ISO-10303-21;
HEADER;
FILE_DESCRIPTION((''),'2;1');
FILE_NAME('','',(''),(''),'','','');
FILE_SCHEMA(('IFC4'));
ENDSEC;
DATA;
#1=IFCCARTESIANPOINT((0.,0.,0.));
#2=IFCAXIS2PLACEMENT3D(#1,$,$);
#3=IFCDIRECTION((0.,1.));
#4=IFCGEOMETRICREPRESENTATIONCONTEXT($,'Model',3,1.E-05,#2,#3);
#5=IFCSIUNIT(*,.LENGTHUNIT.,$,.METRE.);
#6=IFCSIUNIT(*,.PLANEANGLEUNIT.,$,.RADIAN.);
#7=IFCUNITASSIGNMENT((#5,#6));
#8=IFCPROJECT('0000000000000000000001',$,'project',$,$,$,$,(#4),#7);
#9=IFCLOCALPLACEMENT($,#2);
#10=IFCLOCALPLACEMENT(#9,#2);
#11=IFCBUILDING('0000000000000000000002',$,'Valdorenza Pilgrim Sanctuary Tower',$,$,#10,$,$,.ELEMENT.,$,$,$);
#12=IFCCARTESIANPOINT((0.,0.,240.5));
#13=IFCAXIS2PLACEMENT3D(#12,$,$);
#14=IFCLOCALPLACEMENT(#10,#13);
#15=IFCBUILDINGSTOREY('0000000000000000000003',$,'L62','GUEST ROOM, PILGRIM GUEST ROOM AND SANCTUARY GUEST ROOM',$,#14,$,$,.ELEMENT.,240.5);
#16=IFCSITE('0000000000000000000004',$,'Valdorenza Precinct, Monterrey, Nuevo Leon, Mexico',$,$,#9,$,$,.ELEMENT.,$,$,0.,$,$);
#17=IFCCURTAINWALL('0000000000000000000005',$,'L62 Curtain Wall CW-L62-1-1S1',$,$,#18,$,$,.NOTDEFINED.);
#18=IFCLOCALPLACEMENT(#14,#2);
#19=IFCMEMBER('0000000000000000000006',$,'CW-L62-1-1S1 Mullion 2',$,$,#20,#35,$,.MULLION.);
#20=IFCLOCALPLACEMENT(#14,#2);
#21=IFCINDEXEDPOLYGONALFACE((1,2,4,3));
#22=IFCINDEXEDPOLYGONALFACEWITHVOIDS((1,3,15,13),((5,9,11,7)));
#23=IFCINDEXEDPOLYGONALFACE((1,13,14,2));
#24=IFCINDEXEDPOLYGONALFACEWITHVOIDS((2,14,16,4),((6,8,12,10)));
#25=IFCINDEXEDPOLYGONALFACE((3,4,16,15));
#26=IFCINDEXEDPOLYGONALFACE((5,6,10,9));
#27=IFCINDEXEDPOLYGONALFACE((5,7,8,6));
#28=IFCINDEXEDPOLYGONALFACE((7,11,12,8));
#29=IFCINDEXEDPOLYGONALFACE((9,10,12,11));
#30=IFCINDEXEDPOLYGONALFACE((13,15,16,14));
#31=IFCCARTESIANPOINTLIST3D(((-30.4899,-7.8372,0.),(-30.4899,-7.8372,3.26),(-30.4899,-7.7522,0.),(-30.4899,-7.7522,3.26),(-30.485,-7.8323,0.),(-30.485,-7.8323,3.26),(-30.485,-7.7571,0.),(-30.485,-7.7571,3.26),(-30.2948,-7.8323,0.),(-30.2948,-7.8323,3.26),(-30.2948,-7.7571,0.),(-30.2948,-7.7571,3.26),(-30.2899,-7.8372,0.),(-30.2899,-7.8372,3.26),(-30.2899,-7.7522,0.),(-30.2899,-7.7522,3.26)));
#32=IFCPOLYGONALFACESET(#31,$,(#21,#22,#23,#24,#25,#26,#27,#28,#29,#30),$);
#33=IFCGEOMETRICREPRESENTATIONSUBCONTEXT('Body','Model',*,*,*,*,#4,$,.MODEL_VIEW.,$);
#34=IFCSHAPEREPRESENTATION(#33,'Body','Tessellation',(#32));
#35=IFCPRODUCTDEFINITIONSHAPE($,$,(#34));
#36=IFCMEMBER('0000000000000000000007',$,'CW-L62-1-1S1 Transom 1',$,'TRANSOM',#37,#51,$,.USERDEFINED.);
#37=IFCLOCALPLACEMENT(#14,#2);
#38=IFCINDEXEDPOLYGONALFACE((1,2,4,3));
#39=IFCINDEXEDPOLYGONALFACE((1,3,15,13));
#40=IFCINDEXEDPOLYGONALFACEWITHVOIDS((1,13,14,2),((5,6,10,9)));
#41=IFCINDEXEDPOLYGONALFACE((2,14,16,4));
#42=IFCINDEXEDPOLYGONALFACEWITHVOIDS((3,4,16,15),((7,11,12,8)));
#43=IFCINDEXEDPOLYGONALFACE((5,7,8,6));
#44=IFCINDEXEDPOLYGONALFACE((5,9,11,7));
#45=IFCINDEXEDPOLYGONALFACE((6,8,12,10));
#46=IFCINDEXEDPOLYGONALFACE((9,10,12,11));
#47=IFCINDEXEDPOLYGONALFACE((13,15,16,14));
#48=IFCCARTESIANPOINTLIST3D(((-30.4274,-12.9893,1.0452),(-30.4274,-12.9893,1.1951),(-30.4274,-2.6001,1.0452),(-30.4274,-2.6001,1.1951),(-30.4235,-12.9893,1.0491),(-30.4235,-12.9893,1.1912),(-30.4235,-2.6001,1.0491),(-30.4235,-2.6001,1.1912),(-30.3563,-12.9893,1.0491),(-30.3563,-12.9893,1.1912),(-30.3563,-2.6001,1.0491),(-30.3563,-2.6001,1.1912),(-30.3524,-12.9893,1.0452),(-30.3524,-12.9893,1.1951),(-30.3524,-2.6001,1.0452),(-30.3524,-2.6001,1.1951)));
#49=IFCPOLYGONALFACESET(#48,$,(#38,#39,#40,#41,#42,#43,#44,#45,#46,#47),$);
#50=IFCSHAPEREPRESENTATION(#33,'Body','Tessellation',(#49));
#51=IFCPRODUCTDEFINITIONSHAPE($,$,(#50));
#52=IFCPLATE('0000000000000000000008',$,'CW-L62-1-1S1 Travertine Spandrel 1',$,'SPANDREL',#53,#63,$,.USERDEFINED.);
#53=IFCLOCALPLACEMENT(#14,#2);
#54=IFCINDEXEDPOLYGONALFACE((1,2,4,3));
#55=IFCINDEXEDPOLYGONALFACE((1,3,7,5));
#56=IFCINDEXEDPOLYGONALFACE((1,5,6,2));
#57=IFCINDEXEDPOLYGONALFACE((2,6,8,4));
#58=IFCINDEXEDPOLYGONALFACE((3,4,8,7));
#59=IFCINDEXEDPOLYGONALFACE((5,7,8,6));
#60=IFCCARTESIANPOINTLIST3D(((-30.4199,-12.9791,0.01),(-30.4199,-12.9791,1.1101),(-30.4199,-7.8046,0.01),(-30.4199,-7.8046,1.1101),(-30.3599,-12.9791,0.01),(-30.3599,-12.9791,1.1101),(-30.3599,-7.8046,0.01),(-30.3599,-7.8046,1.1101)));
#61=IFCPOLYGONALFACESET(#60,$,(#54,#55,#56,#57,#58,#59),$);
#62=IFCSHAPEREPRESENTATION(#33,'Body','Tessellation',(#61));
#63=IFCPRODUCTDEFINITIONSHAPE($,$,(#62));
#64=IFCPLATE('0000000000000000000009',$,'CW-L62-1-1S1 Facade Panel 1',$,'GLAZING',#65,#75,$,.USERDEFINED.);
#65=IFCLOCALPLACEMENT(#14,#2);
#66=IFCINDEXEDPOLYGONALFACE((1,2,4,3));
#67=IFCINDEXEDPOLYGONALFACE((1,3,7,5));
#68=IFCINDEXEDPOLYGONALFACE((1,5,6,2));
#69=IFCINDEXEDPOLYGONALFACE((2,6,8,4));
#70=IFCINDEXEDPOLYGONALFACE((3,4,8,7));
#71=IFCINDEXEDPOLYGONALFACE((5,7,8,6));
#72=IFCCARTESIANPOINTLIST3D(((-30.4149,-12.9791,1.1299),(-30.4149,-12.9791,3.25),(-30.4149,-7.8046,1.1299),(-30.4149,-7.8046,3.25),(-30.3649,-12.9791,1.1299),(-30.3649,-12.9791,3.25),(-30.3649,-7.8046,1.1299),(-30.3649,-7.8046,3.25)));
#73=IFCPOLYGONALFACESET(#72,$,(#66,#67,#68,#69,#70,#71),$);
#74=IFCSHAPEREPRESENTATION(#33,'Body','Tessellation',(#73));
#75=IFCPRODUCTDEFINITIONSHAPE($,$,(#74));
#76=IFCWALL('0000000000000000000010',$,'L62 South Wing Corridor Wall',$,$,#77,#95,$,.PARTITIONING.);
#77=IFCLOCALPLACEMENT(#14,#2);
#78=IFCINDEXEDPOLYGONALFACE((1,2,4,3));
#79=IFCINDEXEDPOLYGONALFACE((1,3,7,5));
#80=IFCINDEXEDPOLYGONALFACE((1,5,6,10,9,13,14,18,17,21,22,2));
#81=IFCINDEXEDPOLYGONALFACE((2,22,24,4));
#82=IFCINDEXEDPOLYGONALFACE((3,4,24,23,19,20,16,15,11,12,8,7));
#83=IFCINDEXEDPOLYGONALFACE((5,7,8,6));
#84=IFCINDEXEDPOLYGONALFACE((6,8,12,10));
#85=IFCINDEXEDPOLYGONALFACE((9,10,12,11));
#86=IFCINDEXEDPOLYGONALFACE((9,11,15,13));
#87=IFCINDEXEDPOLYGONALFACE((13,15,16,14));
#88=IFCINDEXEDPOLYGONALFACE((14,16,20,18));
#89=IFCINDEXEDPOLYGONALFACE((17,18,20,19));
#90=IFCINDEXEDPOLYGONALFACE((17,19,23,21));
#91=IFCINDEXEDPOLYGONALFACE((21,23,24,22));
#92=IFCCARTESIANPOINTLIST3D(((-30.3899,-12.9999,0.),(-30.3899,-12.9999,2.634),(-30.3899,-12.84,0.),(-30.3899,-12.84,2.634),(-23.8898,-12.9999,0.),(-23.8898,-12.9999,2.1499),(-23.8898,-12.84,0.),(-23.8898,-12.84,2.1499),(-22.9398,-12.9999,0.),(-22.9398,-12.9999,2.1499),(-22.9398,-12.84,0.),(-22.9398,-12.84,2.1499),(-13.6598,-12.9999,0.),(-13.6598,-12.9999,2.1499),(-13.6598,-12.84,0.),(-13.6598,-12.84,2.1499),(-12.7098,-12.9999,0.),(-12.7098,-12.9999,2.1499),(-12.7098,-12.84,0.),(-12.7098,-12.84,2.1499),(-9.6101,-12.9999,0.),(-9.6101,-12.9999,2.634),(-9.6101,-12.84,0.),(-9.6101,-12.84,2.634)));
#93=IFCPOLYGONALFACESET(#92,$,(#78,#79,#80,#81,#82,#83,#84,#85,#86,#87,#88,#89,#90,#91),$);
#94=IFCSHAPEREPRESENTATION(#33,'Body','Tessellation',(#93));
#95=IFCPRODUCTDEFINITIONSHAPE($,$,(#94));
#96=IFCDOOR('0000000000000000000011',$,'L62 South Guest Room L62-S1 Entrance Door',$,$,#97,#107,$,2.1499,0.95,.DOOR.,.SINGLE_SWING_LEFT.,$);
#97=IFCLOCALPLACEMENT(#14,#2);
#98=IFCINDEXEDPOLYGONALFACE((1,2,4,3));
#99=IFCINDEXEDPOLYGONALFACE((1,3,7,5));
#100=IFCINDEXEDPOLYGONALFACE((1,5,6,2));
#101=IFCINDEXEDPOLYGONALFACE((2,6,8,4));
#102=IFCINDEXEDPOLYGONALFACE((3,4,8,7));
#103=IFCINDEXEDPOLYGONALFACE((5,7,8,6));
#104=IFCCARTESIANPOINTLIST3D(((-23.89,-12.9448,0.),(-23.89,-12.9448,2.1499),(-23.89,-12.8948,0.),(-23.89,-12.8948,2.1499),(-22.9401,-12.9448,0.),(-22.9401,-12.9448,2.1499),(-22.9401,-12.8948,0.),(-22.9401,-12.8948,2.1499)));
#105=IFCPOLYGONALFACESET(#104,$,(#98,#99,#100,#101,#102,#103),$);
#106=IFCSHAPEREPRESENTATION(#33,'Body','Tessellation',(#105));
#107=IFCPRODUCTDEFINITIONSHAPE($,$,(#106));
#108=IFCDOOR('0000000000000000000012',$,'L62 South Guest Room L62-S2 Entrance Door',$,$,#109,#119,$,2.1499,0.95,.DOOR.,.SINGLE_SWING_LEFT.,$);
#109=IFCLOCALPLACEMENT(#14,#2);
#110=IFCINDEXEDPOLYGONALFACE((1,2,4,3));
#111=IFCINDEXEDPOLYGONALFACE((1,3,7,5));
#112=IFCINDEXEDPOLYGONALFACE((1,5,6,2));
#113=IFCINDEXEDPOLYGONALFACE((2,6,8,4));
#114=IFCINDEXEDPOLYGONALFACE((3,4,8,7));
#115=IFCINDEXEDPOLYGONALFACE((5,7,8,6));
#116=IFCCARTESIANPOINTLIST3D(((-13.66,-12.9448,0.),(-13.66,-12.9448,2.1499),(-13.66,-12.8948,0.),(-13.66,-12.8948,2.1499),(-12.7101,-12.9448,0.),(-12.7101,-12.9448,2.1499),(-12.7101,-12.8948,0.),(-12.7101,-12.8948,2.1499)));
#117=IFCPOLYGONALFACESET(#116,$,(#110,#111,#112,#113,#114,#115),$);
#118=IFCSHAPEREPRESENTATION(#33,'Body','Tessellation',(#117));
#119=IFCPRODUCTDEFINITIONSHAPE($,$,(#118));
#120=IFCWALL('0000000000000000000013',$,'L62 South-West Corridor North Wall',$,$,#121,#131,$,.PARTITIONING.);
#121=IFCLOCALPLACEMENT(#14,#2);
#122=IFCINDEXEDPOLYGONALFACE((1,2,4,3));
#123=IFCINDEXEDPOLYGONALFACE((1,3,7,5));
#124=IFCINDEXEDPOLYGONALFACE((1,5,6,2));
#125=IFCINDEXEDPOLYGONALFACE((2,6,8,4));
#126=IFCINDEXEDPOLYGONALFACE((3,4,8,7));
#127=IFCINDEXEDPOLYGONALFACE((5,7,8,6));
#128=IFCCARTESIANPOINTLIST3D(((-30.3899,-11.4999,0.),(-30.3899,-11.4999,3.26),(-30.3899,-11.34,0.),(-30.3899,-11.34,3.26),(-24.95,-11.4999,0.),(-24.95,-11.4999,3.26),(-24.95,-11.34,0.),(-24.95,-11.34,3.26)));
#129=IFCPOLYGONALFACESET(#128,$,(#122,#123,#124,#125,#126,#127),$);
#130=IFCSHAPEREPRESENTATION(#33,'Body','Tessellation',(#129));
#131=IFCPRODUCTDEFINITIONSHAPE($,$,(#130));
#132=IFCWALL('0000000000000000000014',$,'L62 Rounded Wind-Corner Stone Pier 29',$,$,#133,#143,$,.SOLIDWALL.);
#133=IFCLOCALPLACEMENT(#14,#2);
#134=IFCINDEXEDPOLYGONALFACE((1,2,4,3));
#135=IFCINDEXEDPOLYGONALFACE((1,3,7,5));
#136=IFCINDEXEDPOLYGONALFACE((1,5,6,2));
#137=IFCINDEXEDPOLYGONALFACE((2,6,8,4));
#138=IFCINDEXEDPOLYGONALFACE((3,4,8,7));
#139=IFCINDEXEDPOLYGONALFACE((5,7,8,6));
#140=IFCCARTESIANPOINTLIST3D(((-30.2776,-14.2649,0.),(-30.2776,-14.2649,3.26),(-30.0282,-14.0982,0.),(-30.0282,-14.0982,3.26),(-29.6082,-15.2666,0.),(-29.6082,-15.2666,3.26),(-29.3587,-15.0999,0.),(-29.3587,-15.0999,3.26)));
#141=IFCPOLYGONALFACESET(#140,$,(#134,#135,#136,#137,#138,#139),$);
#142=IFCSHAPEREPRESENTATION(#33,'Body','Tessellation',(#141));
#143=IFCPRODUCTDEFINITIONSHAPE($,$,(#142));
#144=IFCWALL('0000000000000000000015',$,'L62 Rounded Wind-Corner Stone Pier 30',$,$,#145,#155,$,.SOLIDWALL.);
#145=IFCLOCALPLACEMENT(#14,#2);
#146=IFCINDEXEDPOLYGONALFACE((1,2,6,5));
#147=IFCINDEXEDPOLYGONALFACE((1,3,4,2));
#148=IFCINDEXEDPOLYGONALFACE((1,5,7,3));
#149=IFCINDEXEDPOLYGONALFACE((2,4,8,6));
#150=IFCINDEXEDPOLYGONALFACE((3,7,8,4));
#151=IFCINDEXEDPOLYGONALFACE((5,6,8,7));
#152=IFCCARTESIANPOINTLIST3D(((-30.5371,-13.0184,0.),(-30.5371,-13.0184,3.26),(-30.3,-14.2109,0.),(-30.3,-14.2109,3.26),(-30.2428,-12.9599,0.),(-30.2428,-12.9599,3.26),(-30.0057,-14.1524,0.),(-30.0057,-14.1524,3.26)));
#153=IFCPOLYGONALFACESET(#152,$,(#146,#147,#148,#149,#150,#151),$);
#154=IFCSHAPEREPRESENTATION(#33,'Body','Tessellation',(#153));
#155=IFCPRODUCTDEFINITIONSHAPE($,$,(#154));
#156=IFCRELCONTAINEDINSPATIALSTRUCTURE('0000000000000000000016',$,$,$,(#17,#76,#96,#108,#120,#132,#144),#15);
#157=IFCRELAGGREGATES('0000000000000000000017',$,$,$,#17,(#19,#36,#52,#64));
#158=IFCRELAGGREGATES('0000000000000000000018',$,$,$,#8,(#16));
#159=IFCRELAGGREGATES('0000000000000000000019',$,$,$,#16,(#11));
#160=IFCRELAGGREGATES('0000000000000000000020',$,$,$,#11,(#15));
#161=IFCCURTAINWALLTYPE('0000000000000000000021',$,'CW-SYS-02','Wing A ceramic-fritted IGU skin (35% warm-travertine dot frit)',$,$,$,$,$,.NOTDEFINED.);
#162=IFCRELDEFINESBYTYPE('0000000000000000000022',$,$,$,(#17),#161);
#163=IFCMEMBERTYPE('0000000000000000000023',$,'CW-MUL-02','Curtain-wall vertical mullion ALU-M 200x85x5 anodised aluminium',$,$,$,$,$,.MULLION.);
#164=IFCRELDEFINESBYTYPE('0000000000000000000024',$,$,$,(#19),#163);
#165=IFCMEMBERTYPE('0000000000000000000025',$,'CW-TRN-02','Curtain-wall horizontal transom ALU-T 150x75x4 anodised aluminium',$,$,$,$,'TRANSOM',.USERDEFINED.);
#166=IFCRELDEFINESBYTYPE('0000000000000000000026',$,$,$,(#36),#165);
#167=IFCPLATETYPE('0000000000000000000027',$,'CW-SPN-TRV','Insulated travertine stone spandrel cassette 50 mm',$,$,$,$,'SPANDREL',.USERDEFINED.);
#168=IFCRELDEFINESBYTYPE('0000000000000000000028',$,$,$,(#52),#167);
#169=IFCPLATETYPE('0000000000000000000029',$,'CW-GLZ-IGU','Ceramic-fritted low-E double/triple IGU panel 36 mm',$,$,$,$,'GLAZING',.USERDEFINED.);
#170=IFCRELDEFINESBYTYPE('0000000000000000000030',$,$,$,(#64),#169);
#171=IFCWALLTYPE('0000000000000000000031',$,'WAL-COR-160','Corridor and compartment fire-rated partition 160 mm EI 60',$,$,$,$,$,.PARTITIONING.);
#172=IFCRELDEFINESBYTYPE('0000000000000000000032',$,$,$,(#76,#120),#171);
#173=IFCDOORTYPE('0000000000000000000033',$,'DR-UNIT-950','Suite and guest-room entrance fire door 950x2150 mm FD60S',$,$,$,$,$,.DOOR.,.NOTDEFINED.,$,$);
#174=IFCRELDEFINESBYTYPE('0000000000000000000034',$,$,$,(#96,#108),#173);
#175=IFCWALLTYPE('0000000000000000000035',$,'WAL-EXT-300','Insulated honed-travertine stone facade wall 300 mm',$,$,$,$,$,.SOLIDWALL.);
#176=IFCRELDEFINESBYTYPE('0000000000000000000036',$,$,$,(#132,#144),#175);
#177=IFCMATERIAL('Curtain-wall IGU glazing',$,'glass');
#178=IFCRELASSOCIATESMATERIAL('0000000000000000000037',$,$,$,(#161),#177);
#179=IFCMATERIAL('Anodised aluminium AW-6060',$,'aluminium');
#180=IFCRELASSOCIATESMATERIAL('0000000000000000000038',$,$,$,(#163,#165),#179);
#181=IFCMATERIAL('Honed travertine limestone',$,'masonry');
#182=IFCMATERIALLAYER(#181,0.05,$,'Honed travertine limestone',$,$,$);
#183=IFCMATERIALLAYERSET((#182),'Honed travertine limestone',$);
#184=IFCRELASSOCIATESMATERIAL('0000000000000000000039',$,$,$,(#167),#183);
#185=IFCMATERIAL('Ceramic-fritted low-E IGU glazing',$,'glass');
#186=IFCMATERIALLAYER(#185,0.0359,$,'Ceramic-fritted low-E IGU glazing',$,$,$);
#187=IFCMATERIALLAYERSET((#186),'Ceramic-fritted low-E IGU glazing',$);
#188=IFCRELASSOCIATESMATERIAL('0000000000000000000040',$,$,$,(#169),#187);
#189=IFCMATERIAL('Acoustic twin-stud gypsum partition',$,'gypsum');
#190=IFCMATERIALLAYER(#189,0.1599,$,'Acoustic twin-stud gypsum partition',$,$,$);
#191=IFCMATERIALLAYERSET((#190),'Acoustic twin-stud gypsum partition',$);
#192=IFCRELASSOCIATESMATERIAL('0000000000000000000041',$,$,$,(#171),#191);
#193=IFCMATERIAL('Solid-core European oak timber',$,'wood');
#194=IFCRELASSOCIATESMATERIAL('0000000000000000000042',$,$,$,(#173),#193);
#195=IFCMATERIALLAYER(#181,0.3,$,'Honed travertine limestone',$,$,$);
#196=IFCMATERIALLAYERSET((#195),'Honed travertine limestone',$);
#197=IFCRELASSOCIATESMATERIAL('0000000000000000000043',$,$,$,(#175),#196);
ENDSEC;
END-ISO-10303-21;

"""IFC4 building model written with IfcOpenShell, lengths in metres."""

from ifc_helpers import new_model, si_unit, direction, frame, frame_2d, origin, origin_2d, place, context, subcontext, project, spatial, rectangle, hollow_rectangle, extrude, source, transform, mapped, material, layer, layer_set, material_profile, profile_set, type_object, element, fill, aggregate, save


model = new_model("IFC4")

# Units and contexts
model_context = context("Model", 3, precision=1e-05, world=origin(), true_north=direction((0.0, 1.0)))
body_context = subcontext(model_context, "Body", "Model", "MODEL_VIEW")
ifc_project = project(units=[si_unit("LENGTHUNIT", "METRE"), si_unit("PLANEANGLEUNIT", "RADIAN")], contexts=[model_context])

# Site, building, storey
site_placement = place(None, origin())
site = spatial("IfcSite", under=ifc_project, at=site_placement, Name="Valdorenza Precinct, Monterrey, Nuevo Leon, Mexico", CompositionType="ELEMENT", RefElevation=0.0)
building_placement = place(site_placement, origin())
building = spatial("IfcBuilding", under=site, at=building_placement, Name="Valdorenza Pilgrim Sanctuary Tower", CompositionType="ELEMENT")
storey_placement = place(building_placement, frame((0.0, 0.0, 240.5)))
storey = spatial("IfcBuildingStorey", under=building, at=storey_placement, Name="L62", Description="GUEST ROOM, PILGRIM GUEST ROOM AND SANCTUARY GUEST ROOM", CompositionType="ELEMENT", Elevation=240.5)

# Curtain wall, members, plates
ifc_material_1 = material(Name="Curtain-wall IGU glazing", Category="glass")
curtain_wall_type = type_object("IfcCurtainWallType", Name="CW-SYS-02", Description="Wing A ceramic-fritted IGU skin (35% warm-travertine dot frit)", PredefinedType="NOTDEFINED", material=ifc_material_1)
curtain_wall_placement = place(storey_placement, origin())
curtain_wall = element("IfcCurtainWall", 1, at=curtain_wall_placement, inside=storey, type_object=curtain_wall_type, Name="L62 Curtain Wall CW-L62-1-1S1", PredefinedType="NOTDEFINED")
ifc_material_2 = material(Name="Anodised aluminium AW-6060", Category="aluminium")
ifc_material_profile_1 = material_profile(ifc_material_2, hollow_rectangle(XDim=0.085, YDim=0.2, WallThickness=0.0049, at=origin_2d()), Name="ALU-M 200x85x5")
ifc_profile_set_1 = profile_set([ifc_material_profile_1], Name="Anodised aluminium AW-6060")
member_type_1 = type_object("IfcMemberType", Name="CW-MUL-02", Description="Curtain-wall vertical mullion ALU-M 200x85x5 anodised aluminium", PredefinedType="MULLION", material=ifc_profile_set_1)
shared_shape_1 = source(origin(), body_context, "Body", "SweptSolid", [
    extrude(hollow_rectangle(XDim=0.085, YDim=0.2, WallThickness=0.0049, at=origin_2d()), origin(), (0.0, 0.0, 1.0), 3.26),
])
member_1_placement = place(storey_placement, frame((-30.3899, -7.7947, 0.0), z_axis=(0.0, 0.0, 1.0), x_axis=(0.0, 1.0, 0.0)))
member_1 = element("IfcMember", 2, at=member_1_placement, type_object=member_type_1, Name="CW-L62-1-1S1 Mullion 2", PredefinedType="MULLION", context=body_context, shape_type="MappedRepresentation", body=[
    mapped(shared_shape_1, transform((0.0, 0.0, 0.0), x_axis=(1.0, 0.0, 0.0), y_axis=(0.0, 1.0, 0.0), z_axis=(0.0, 0.0, 1.0), scale=1.0)),
])
ifc_material_profile_2 = material_profile(ifc_material_2, hollow_rectangle(XDim=0.075, YDim=0.1499, WallThickness=0.0039, at=origin_2d()), Name="ALU-T 150x75x4")
ifc_profile_set_2 = profile_set([ifc_material_profile_2], Name="Anodised aluminium AW-6060")
member_type_2 = type_object("IfcMemberType", Name="CW-TRN-02", Description="Curtain-wall horizontal transom ALU-T 150x75x4 anodised aluminium", ElementType="TRANSOM", PredefinedType="USERDEFINED", material=ifc_profile_set_2)
shared_shape_2 = source(origin(), body_context, "Body", "SweptSolid", [
    extrude(hollow_rectangle(XDim=0.075, YDim=0.1499, WallThickness=0.0039, at=origin_2d()), origin(), (0.0, 0.0, 1.0), 10.3892),
])
member_2_placement = place(storey_placement, frame((-30.3899, -12.9893, 1.1201), z_axis=(0.0, 1.0, 0.0), x_axis=(-1.0, 0.0, 0.0)))
member_2 = element("IfcMember", 3, at=member_2_placement, type_object=member_type_2, Name="CW-L62-1-1S1 Transom 1", ObjectType="TRANSOM", PredefinedType="USERDEFINED", context=body_context, shape_type="MappedRepresentation", body=[
    mapped(shared_shape_2, transform((0.0, 0.0, 0.0), x_axis=(1.0, 0.0, 0.0), y_axis=(0.0, 1.0, 0.0), z_axis=(0.0, 0.0, 1.0), scale=1.0)),
])
ifc_material_3 = material(Name="Honed travertine limestone", Category="masonry")
ifc_layer_1 = layer(ifc_material_3, 0.05, Name="Honed travertine limestone")
ifc_layer_set_1 = layer_set([ifc_layer_1], Name="Honed travertine limestone")
plate_type_1 = type_object("IfcPlateType", Name="CW-SPN-TRV", Description="Insulated travertine stone spandrel cassette 50 mm", ElementType="SPANDREL", PredefinedType="USERDEFINED", material=ifc_layer_set_1)
shared_shape_3 = source(origin(), body_context, "Body", "SweptSolid", [
    extrude(rectangle(XDim=5.1746, YDim=0.0601, at=origin_2d()), origin(), (0.0, 0.0, 1.0), 1.1001),
])
plate_1_placement = place(storey_placement, frame((-30.3899, -10.3918, 0.01), z_axis=(0.0, 0.0, 1.0), x_axis=(0.0, 1.0, 0.0)))
plate_1 = element("IfcPlate", 4, at=plate_1_placement, type_object=plate_type_1, Name="CW-L62-1-1S1 Travertine Spandrel 1", ObjectType="SPANDREL", PredefinedType="USERDEFINED", context=body_context, shape_type="MappedRepresentation", body=[
    mapped(shared_shape_3, transform((0.0, 0.0, 0.0), x_axis=(1.0, 0.0, 0.0), y_axis=(0.0, 1.0, 0.0), z_axis=(0.0, 0.0, 1.0), scale=1.0)),
])
ifc_material_4 = material(Name="Ceramic-fritted low-E IGU glazing", Category="glass")
ifc_layer_2 = layer(ifc_material_4, 0.0359, Name="Ceramic-fritted low-E IGU glazing")
ifc_layer_set_2 = layer_set([ifc_layer_2], Name="Ceramic-fritted low-E IGU glazing")
plate_type_2 = type_object("IfcPlateType", Name="CW-GLZ-IGU", Description="Ceramic-fritted low-E double/triple IGU panel 36 mm", ElementType="GLAZING", PredefinedType="USERDEFINED", material=ifc_layer_set_2)
shared_shape_4 = source(origin(), body_context, "Body", "SweptSolid", [
    extrude(rectangle(XDim=5.1746, YDim=0.05, at=origin_2d()), origin(), (0.0, 0.0, 1.0), 2.1201),
])
plate_2_placement = place(storey_placement, frame((-30.3899, -10.3918, 1.1299), z_axis=(0.0, 0.0, 1.0), x_axis=(0.0, 1.0, 0.0)))
plate_2 = element("IfcPlate", 5, at=plate_2_placement, type_object=plate_type_2, Name="CW-L62-1-1S1 Facade Panel 1", ObjectType="GLAZING", PredefinedType="USERDEFINED", context=body_context, shape_type="MappedRepresentation", body=[
    mapped(shared_shape_4, transform((0.0, 0.0, 0.0), x_axis=(1.0, 0.0, 0.0), y_axis=(0.0, 1.0, 0.0), z_axis=(0.0, 0.0, 1.0), scale=1.0)),
])
aggregate(curtain_wall, [member_1, member_2, plate_1, plate_2])

# Wall, openings, doors
ifc_material_5 = material(Name="Acoustic twin-stud gypsum partition", Category="gypsum")
ifc_layer_3 = layer(ifc_material_5, 0.1599, Name="Acoustic twin-stud gypsum partition")
ifc_layer_set_3 = layer_set([ifc_layer_3], Name="Acoustic twin-stud gypsum partition")
wall_type_1 = type_object("IfcWallType", Name="WAL-COR-160", Description="Corridor and compartment fire-rated partition 160 mm EI 60", PredefinedType="PARTITIONING", material=ifc_layer_set_3)
wall_1_placement = place(storey_placement, frame((-30.3899, -12.9199, 0.0), z_axis=(0.0, 0.0, 1.0), x_axis=(1.0, 0.0, 0.0)))
wall_1 = element("IfcWall", 6, at=wall_1_placement, inside=storey, type_object=wall_type_1, Name="L62 South Wing Corridor Wall", PredefinedType="PARTITIONING", context=body_context, shape_type="SweptSolid", body=[
    extrude(rectangle(XDim=20.7798, YDim=0.1599, at=frame_2d((10.3899, 0.0))), origin(), (0.0, 0.0, 1.0), 2.634),
])
opening_1_placement = place(wall_1_placement, frame((6.5, 0.0, 0.0)))
opening_1 = element("IfcOpeningElement", 7, at=opening_1_placement, cuts=wall_1, PredefinedType="OPENING", context=body_context, shape_type="SweptSolid", body=[
    extrude(rectangle(XDim=0.95, YDim=2.1499, at=frame_2d((0.4751, 1.075))), frame((0.0, 0.0947, 0.0), z_axis=(0.0, -1.0, 0.0), x_axis=(1.0, 0.0, 0.0)), (0.0, 0.0, 1.0), 0.1897),
])
opening_2_placement = place(wall_1_placement, frame((16.73, 0.0, 0.0)))
opening_2 = element("IfcOpeningElement", 8, at=opening_2_placement, cuts=wall_1, PredefinedType="OPENING", context=body_context, shape_type="SweptSolid", body=[
    extrude(rectangle(XDim=0.95, YDim=2.1499, at=frame_2d((0.4751, 1.075))), frame((0.0, 0.0947, 0.0), z_axis=(0.0, -1.0, 0.0), x_axis=(1.0, 0.0, 0.0)), (0.0, 0.0, 1.0), 0.1897),
])
ifc_material_6 = material(Name="Solid-core European oak timber", Category="wood")
door_type_1 = type_object("IfcDoorType", Name="DR-UNIT-950", Description="Suite and guest-room entrance fire door 950x2150 mm FD60S", OperationType="NOTDEFINED", PredefinedType="DOOR", material=ifc_material_6)
door_1_placement = place(opening_1_placement, frame((0.95, 0.0, 0.0), z_axis=(0.0, 0.0, 1.0), x_axis=(-1.0, 0.0, 0.0)))
door_1 = element("IfcDoor", 9, at=door_1_placement, inside=storey, type_object=door_type_1, Name="L62 South Guest Room L62-S1 Entrance Door", OperationType="SINGLE_SWING_LEFT", OverallHeight=2.1499, OverallWidth=0.95, PredefinedType="DOOR", context=body_context, shape_type="SweptSolid", body=[
    extrude(rectangle(XDim=0.95, YDim=2.1499, at=frame_2d((0.4751, 1.075))), frame((0.0, 0.0249, 0.0), z_axis=(0.0, -1.0, 0.0), x_axis=(1.0, 0.0, 0.0)), (0.0, 0.0, 1.0), 0.05),
])
fill(opening_1, door_1)
door_2_placement = place(opening_2_placement, frame((0.95, 0.0, 0.0), z_axis=(0.0, 0.0, 1.0), x_axis=(-1.0, 0.0, 0.0)))
door_2 = element("IfcDoor", 10, at=door_2_placement, inside=storey, type_object=door_type_1, Name="L62 South Guest Room L62-S2 Entrance Door", OperationType="SINGLE_SWING_LEFT", OverallHeight=2.1499, OverallWidth=0.95, PredefinedType="DOOR", context=body_context, shape_type="SweptSolid", body=[
    extrude(rectangle(XDim=0.95, YDim=2.1499, at=frame_2d((0.4751, 1.075))), frame((0.0, 0.0249, 0.0), z_axis=(0.0, -1.0, 0.0), x_axis=(1.0, 0.0, 0.0)), (0.0, 0.0, 1.0), 0.05),
])
fill(opening_2, door_2)

# Walls
wall_2_placement = place(storey_placement, frame((-30.3899, -11.4199, 0.0), z_axis=(0.0, 0.0, 1.0), x_axis=(1.0, 0.0, 0.0)))
element("IfcWall", 11, at=wall_2_placement, inside=storey, type_object=wall_type_1, Name="L62 South-West Corridor North Wall", PredefinedType="PARTITIONING", context=body_context, shape_type="SweptSolid", body=[
    extrude(rectangle(XDim=5.4399, YDim=0.1599, at=frame_2d((2.72, 0.0))), origin(), (0.0, 0.0, 1.0), 3.26),
])
ifc_layer_4 = layer(ifc_material_3, 0.3, Name="Honed travertine limestone")
ifc_layer_set_4 = layer_set([ifc_layer_4], Name="Honed travertine limestone")
wall_type_2 = type_object("IfcWallType", Name="WAL-EXT-300", Description="Insulated honed-travertine stone facade wall 300 mm", PredefinedType="SOLIDWALL", material=ifc_layer_set_4)
wall_3_placement = place(storey_placement, frame((-29.4834, -15.1833, 0.0), z_axis=(0.0, 0.0, 1.0), x_axis=(-0.555635, 0.831426, 0.0)))
element("IfcWall", 12, at=wall_3_placement, inside=storey, type_object=wall_type_2, Name="L62 Rounded Wind-Corner Stone Pier 29", PredefinedType="SOLIDWALL", context=body_context, shape_type="SweptSolid", body=[
    extrude(rectangle(XDim=1.2048, YDim=0.3, at=frame_2d((0.6025, 0.0))), origin(), (0.0, 0.0, 1.0), 3.26),
])
wall_4_placement = place(storey_placement, frame((-30.1528, -14.1816, 0.0), z_axis=(0.0, 0.0, 1.0), x_axis=(-0.194996, 0.980804, 0.0)))
element("IfcWall", 13, at=wall_4_placement, inside=storey, type_object=wall_type_2, Name="L62 Rounded Wind-Corner Stone Pier 30", PredefinedType="SOLIDWALL", context=body_context, shape_type="SweptSolid", body=[
    extrude(rectangle(XDim=1.2158, YDim=0.3, at=frame_2d((0.6079, 0.0))), origin(), (0.0, 0.0, 1.0), 3.26),
])

save(model, "model.ifc")
